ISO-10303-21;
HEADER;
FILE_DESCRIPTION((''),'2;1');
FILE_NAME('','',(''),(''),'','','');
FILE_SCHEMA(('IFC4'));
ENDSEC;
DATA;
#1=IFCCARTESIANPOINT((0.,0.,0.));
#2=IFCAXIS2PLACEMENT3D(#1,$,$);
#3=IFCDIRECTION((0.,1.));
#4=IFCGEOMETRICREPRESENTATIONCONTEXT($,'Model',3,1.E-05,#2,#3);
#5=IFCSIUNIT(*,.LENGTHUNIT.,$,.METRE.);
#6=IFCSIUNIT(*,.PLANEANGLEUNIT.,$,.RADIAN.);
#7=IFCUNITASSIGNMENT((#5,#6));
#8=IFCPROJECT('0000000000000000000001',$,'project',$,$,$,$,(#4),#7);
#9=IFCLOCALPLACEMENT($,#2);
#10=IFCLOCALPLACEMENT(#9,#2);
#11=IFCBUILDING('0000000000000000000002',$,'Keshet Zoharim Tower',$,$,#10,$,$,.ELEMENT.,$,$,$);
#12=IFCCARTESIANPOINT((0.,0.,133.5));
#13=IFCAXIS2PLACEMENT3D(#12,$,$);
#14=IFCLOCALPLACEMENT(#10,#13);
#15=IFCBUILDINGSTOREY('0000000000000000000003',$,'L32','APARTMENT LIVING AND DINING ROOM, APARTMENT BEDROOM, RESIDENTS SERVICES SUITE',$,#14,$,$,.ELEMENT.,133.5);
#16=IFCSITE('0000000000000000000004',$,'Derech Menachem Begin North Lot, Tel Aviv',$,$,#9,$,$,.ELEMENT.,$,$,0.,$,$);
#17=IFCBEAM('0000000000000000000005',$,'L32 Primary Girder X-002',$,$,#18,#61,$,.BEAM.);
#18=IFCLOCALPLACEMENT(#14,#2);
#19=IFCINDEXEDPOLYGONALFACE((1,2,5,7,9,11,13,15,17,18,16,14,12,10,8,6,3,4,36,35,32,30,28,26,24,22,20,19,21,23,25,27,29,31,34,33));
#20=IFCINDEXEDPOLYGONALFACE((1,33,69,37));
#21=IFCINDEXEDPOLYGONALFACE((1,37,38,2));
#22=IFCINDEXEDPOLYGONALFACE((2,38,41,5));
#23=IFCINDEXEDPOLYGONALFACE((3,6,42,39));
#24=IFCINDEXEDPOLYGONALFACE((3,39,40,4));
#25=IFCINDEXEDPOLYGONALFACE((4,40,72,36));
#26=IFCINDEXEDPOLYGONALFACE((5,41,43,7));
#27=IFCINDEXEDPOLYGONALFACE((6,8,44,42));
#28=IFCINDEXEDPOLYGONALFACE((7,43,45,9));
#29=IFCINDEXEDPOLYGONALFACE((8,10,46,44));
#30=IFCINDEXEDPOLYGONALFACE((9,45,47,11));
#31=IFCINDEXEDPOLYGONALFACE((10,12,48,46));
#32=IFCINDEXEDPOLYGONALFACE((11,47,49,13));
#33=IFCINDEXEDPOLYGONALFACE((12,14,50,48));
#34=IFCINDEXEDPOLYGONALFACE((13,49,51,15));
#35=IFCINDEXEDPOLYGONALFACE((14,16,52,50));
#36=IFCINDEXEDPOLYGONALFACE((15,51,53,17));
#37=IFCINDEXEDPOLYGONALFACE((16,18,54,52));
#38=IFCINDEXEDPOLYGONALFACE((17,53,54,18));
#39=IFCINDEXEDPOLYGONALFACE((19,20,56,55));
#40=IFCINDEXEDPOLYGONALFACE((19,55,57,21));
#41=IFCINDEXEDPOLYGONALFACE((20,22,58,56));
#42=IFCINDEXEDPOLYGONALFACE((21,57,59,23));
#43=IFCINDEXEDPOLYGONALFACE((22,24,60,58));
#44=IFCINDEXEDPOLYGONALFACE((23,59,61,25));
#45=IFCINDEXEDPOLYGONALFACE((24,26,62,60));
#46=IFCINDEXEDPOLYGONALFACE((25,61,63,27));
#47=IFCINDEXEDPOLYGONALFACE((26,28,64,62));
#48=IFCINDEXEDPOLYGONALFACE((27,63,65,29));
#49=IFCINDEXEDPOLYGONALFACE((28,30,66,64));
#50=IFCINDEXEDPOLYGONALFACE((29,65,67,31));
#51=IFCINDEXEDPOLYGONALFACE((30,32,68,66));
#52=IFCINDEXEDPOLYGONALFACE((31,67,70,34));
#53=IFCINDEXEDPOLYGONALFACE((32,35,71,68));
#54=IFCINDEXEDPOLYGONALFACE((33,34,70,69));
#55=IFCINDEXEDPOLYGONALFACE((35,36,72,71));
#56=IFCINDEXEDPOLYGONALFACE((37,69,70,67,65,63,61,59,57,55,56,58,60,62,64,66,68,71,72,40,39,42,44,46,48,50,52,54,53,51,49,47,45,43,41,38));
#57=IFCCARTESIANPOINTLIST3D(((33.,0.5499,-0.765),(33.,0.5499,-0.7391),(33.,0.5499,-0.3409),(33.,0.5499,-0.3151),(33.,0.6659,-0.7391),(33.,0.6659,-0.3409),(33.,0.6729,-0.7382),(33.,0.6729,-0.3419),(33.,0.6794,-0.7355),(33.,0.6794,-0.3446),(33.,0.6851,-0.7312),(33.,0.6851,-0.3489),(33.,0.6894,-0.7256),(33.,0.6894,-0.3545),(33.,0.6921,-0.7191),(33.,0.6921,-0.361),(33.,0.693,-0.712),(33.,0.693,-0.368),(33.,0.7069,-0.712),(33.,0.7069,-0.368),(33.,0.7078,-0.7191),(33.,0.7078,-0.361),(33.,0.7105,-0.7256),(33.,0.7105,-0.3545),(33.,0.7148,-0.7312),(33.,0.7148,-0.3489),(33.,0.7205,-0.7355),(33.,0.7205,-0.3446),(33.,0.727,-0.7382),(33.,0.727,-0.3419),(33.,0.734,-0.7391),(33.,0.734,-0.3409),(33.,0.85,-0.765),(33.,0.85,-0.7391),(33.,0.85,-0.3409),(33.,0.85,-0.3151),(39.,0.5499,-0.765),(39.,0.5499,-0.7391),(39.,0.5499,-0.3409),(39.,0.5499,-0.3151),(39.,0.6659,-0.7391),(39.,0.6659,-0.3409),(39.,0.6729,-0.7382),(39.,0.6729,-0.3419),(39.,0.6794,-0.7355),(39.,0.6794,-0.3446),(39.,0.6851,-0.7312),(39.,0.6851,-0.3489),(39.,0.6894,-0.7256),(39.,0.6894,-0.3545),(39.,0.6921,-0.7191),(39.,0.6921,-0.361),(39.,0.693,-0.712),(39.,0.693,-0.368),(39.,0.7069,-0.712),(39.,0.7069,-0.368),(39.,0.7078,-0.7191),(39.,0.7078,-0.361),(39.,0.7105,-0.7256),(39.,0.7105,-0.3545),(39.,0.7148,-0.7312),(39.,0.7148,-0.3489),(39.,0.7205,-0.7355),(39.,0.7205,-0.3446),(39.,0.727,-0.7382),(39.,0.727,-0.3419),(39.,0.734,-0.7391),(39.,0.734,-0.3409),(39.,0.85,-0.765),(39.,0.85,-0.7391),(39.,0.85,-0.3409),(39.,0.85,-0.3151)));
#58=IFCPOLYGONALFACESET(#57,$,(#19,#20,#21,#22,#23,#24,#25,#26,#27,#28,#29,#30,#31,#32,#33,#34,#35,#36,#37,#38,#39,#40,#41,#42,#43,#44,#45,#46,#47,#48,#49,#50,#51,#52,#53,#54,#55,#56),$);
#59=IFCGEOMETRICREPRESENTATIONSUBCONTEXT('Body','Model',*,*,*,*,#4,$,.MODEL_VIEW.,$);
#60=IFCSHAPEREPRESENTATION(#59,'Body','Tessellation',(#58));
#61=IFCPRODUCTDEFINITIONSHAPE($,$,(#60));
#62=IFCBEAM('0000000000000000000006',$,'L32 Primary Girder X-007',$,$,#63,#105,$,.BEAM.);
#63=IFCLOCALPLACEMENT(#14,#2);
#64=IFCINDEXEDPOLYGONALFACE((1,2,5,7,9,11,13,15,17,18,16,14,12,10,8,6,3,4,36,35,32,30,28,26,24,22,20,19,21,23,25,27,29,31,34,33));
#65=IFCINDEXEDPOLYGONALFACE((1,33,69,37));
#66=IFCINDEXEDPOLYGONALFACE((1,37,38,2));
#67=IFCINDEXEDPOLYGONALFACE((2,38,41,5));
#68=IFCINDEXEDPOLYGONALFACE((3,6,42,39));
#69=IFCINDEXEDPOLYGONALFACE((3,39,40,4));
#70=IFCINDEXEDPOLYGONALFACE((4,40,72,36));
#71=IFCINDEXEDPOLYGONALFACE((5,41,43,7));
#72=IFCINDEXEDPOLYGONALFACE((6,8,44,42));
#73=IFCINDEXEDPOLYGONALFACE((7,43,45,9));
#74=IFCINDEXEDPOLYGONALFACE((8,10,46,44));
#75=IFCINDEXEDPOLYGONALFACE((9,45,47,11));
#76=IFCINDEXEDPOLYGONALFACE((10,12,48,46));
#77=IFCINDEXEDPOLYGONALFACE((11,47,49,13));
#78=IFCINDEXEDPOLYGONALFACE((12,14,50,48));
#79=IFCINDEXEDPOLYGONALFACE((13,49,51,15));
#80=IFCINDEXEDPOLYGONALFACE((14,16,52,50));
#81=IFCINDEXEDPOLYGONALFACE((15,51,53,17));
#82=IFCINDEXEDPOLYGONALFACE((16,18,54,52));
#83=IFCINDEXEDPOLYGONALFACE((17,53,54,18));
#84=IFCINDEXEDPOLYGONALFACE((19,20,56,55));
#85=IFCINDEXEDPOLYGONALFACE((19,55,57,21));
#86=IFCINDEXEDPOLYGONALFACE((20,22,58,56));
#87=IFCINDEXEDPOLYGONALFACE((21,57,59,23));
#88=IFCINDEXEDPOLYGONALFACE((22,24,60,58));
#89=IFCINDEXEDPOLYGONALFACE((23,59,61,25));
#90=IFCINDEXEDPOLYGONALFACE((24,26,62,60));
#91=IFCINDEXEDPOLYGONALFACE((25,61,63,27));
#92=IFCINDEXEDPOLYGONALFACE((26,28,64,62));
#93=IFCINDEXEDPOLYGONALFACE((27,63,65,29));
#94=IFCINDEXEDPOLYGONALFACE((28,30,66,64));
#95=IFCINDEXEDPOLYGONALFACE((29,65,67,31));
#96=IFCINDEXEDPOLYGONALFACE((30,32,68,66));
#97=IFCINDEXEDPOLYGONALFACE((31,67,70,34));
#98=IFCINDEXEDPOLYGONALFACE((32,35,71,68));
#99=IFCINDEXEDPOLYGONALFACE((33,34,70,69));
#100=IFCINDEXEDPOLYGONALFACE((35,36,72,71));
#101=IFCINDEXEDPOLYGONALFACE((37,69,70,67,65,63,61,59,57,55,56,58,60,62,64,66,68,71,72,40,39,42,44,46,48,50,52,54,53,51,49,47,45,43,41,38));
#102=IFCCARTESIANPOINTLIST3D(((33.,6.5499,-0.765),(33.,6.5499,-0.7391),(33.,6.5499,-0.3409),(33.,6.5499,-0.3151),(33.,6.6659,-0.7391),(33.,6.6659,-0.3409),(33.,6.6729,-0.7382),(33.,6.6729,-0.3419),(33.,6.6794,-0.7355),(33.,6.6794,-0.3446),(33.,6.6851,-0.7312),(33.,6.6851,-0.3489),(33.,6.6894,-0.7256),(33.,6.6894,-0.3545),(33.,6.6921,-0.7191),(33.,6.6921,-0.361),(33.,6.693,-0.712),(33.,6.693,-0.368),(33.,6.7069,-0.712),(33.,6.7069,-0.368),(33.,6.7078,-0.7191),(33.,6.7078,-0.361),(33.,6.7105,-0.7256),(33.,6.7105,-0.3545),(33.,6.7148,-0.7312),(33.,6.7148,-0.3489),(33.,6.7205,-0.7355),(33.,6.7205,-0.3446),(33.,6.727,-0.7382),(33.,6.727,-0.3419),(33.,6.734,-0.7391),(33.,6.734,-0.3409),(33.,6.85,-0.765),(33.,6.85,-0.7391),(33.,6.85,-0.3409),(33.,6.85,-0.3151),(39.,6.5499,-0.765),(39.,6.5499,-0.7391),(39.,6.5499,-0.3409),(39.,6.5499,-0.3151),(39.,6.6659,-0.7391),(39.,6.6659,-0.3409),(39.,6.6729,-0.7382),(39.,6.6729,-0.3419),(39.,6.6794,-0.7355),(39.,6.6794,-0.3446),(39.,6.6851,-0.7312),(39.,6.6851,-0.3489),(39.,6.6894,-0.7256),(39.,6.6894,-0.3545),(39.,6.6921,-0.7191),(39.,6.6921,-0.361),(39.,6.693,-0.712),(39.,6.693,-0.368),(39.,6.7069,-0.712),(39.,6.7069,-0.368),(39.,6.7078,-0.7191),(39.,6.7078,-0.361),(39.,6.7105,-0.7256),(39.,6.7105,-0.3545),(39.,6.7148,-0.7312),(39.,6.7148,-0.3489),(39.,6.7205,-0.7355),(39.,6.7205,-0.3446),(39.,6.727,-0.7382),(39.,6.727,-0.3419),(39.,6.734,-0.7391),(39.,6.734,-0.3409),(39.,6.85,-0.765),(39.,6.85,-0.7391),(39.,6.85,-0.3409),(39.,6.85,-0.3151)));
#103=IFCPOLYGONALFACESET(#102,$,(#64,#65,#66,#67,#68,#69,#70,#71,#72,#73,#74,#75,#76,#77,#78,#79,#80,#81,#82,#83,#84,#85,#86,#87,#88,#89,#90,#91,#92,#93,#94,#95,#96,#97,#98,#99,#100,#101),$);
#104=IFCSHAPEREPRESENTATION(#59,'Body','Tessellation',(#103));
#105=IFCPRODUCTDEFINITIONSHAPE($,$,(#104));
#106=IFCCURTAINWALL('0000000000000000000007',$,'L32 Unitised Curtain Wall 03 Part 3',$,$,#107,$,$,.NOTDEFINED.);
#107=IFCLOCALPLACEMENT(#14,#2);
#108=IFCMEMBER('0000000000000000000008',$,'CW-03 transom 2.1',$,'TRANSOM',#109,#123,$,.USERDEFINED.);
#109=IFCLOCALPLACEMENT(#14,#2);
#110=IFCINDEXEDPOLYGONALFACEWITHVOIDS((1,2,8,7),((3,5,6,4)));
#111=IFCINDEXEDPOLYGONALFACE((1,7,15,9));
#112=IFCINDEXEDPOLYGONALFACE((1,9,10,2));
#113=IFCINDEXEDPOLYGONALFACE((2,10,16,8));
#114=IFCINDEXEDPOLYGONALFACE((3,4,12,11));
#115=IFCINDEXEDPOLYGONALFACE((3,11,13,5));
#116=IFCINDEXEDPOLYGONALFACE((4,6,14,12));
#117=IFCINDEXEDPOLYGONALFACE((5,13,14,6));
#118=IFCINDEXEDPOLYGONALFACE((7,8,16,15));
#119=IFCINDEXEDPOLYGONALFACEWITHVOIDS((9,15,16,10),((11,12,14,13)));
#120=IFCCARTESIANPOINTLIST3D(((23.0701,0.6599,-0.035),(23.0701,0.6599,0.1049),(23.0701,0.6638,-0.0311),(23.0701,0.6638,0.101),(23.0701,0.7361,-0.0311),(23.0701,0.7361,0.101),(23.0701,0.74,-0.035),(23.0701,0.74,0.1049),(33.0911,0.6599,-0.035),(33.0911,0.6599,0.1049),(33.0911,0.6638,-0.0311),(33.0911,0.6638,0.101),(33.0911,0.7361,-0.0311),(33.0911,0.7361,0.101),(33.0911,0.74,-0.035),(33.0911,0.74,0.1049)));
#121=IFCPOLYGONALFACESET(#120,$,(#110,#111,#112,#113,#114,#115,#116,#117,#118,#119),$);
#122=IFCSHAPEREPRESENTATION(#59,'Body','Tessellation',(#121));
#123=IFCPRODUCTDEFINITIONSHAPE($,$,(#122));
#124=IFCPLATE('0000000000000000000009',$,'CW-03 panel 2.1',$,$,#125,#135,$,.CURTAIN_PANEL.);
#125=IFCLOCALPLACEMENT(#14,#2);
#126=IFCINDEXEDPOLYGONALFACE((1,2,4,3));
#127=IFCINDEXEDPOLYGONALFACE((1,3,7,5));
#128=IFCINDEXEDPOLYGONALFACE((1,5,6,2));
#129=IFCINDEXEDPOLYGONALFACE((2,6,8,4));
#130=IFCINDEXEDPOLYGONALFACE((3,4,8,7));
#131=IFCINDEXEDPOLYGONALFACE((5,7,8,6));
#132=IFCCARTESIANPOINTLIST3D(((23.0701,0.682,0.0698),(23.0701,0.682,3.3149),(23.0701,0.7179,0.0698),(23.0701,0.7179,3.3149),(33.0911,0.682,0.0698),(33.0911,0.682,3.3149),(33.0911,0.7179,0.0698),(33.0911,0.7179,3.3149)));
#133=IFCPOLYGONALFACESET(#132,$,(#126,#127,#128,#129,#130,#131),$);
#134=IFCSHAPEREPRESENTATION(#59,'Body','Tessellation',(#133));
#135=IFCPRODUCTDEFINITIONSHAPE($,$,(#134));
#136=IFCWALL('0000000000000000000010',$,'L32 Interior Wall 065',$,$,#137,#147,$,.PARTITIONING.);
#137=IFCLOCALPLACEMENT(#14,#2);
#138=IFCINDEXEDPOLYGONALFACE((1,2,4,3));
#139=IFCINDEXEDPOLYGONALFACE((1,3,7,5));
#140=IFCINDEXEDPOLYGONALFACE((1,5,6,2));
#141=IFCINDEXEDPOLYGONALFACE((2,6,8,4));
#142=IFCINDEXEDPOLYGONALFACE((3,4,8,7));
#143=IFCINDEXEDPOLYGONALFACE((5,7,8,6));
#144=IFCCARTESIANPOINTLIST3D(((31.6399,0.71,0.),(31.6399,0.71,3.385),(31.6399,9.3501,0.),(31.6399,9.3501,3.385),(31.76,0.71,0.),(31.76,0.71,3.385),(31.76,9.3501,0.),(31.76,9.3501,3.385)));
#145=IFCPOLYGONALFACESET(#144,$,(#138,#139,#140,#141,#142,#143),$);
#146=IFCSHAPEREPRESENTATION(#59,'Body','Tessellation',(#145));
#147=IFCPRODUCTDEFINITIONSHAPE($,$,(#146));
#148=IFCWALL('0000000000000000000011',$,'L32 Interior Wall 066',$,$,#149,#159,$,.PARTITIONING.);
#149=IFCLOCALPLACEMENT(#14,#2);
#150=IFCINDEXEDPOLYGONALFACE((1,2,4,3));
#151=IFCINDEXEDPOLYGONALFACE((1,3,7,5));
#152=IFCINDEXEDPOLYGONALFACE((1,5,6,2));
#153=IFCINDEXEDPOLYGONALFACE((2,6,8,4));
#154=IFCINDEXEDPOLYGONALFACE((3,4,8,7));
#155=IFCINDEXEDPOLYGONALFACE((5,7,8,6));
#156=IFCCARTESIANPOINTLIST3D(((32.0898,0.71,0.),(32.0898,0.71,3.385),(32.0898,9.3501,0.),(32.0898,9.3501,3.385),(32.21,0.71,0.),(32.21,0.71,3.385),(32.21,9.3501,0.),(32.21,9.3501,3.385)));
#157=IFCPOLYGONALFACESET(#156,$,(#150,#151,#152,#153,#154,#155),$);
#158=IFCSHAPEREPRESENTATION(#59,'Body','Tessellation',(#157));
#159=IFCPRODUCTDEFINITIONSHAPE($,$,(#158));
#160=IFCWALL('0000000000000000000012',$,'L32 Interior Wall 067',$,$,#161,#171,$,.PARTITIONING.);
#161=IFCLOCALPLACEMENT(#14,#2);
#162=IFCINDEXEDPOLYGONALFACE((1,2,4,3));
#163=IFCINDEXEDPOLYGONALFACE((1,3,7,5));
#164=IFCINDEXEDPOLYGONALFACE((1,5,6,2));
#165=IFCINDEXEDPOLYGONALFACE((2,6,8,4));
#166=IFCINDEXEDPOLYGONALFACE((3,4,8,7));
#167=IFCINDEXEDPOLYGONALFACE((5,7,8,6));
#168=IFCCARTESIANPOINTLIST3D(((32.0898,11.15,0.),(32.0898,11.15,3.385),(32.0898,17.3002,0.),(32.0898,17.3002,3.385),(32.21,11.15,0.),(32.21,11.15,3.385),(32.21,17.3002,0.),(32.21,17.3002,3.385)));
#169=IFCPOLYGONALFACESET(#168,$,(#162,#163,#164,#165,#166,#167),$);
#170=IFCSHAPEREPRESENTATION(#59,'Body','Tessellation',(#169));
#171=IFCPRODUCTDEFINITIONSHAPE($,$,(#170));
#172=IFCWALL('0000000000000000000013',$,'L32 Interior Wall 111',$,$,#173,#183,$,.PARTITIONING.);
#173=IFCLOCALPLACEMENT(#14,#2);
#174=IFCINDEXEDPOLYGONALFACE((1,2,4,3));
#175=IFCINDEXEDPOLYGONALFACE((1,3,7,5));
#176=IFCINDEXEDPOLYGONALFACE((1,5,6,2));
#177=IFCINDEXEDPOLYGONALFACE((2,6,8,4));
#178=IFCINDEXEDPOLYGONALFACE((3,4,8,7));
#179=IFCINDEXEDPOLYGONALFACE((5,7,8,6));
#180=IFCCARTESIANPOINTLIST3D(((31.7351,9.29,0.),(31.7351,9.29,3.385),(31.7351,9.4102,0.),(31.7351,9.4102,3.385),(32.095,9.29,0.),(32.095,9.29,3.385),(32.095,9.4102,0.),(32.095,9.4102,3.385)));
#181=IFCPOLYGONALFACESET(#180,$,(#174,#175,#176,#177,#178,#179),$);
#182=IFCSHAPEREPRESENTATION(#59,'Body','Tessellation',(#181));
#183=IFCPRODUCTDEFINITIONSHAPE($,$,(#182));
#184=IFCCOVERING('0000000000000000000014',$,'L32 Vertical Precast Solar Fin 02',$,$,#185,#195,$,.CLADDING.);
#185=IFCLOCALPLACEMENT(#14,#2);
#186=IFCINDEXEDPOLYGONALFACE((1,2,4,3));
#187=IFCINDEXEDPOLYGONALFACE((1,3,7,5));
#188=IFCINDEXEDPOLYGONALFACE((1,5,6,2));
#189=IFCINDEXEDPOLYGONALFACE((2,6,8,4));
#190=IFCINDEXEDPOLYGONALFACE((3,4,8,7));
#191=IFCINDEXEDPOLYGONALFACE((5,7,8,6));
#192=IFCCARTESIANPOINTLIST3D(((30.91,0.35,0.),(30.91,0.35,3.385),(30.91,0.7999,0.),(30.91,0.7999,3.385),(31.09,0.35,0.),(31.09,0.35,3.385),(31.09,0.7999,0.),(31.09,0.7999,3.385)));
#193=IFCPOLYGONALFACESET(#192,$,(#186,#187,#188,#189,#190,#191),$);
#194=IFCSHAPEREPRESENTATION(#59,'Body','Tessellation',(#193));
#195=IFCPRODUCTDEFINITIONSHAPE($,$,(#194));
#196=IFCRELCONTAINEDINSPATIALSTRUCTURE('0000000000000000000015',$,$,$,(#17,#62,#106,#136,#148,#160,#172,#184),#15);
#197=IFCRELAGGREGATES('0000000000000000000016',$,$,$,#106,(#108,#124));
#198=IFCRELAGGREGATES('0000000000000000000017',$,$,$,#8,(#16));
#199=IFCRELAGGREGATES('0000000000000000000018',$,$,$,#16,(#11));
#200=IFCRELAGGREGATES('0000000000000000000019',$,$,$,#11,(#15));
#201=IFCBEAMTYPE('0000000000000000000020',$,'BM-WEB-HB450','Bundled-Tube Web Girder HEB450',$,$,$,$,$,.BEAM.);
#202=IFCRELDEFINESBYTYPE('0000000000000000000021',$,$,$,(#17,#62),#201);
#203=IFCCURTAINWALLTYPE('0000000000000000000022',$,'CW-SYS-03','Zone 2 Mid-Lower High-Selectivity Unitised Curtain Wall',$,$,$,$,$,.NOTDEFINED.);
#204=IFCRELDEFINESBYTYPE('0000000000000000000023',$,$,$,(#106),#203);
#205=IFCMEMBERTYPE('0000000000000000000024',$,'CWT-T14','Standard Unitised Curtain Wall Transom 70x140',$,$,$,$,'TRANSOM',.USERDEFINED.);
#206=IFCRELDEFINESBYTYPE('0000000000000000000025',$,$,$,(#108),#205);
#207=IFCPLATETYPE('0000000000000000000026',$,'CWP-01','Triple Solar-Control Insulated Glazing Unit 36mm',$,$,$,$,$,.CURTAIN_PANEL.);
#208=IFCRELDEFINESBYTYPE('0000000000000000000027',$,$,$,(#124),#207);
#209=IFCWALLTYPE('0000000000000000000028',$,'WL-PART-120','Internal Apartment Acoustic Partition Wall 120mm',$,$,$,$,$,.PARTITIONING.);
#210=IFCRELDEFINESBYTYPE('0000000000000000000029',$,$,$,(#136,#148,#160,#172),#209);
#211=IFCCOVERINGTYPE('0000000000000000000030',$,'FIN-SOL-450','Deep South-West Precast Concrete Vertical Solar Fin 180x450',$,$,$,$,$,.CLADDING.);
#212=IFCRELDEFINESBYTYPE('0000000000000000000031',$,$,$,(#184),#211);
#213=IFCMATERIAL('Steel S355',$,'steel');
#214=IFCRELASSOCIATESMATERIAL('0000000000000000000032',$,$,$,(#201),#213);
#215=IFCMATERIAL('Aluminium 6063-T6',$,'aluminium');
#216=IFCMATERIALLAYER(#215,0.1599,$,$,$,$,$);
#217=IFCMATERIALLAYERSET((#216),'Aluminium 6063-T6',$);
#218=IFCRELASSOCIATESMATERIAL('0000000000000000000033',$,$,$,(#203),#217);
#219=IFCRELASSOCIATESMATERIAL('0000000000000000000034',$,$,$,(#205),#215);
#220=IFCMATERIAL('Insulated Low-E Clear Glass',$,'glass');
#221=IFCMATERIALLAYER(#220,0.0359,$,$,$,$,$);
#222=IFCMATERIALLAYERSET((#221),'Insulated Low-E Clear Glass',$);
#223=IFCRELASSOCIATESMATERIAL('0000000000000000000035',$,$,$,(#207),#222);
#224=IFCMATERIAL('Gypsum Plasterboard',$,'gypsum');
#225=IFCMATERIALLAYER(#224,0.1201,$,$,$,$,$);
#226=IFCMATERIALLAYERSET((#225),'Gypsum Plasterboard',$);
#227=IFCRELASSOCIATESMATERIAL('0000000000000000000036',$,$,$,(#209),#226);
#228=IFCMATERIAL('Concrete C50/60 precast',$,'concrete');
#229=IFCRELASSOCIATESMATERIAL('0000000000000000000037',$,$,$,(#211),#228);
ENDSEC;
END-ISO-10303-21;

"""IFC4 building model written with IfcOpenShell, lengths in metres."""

from ifc_helpers import new_model, si_unit, direction, frame, frame_2d, origin, origin_2d, place, context, subcontext, project, spatial, rectangle, hollow_rectangle, i_section, extrude, material, layer, layer_set, material_profile, profile_set, type_object, element, aggregate, save


model = new_model("IFC4")

# Units and contexts
model_context = context("Model", 3, precision=1e-05, world=origin(), true_north=direction((0.0, 1.0)))
body_context = subcontext(model_context, "Body", "Model", "MODEL_VIEW")
ifc_project = project(units=[si_unit("LENGTHUNIT", "METRE"), si_unit("PLANEANGLEUNIT", "RADIAN")], contexts=[model_context])

# Site, building, storey
site_placement = place(None, origin())
site = spatial("IfcSite", under=ifc_project, at=site_placement, Name="Derech Menachem Begin North Lot, Tel Aviv", CompositionType="ELEMENT", RefElevation=0.0)
building_placement = place(site_placement, origin())
building = spatial("IfcBuilding", under=site, at=building_placement, Name="Keshet Zoharim Tower", CompositionType="ELEMENT")
storey_placement = place(building_placement, frame((0.0, 0.0, 133.5)))
storey = spatial("IfcBuildingStorey", under=building, at=storey_placement, Name="L32", Description="APARTMENT LIVING AND DINING ROOM, APARTMENT BEDROOM, RESIDENTS SERVICES SUITE", CompositionType="ELEMENT", Elevation=133.5)

# Shared definitions
ifc_material_1 = material(Name="Steel S355", Category="steel")

# Beams
ifc_material_profile_1 = material_profile(ifc_material_1, i_section(OverallWidth=0.3, OverallDepth=0.45, WebThickness=0.0139, FlangeThickness=0.0259, FilletRadius=0.0271, at=origin_2d()), Name="HEB450")
ifc_profile_set_1 = profile_set([ifc_material_profile_1], Name="Steel S355")
beam_type_1 = type_object("IfcBeamType", Name="BM-WEB-HB450", Description="Bundled-Tube Web Girder HEB450", PredefinedType="BEAM", material=ifc_profile_set_1)
for number, where, z_axis, x_axis, name in (
    (1, (33.0, 0.7, -0.54), (1.0, 0.0, 0.0), (0.0, 1.0, 0.0), "L32 Primary Girder X-002"),
    (2, (33.0, 6.7, -0.54), (1.0, 0.0, 0.0), (0.0, 1.0, 0.0), "L32 Primary Girder X-007"),
):
    element("IfcBeam", number, at=place(storey_placement, frame(where, z_axis=z_axis, x_axis=x_axis)), inside=storey, type_object=beam_type_1, Name=name, PredefinedType="BEAM", context=body_context, shape_type="SweptSolid", body=[
        extrude(i_section(OverallWidth=0.3, OverallDepth=0.45, WebThickness=0.0139, FlangeThickness=0.0259, FilletRadius=0.0271, at=origin_2d()), origin(), (0.0, 0.0, 1.0), 6.0),
    ])

# Curtain wall, member, plate
ifc_material_2 = material(Name="Aluminium 6063-T6", Category="aluminium")
ifc_layer_1 = layer(ifc_material_2, 0.1599)
ifc_layer_set_1 = layer_set([ifc_layer_1], Name="Aluminium 6063-T6")
curtain_wall_type = type_object("IfcCurtainWallType", Name="CW-SYS-03", Description="Zone 2 Mid-Lower High-Selectivity Unitised Curtain Wall", PredefinedType="NOTDEFINED", material=ifc_layer_set_1)
curtain_wall_placement = place(storey_placement, origin())
curtain_wall = element("IfcCurtainWall", 3, at=curtain_wall_placement, inside=storey, type_object=curtain_wall_type, Name="L32 Unitised Curtain Wall 03 Part 3", PredefinedType="NOTDEFINED")
ifc_material_profile_2 = material_profile(ifc_material_2, hollow_rectangle(XDim=0.0801, YDim=0.1399, WallThickness=0.0039, at=origin_2d()), Name="TRN-80x140")
ifc_profile_set_2 = profile_set([ifc_material_profile_2], Name="Aluminium 6063-T6")
member_type = type_object("IfcMemberType", Name="CWT-T14", Description="Standard Unitised Curtain Wall Transom 70x140", ElementType="TRANSOM", PredefinedType="USERDEFINED", material=ifc_profile_set_2)
member_placement = place(storey_placement, frame((33.0911, 0.7, 0.0349), z_axis=(-1.0, 0.0, 0.0), x_axis=(0.0, -1.0, 0.0)))
member = element("IfcMember", 4, at=member_placement, type_object=member_type, Name="CW-03 transom 2.1", ObjectType="TRANSOM", PredefinedType="USERDEFINED", context=body_context, shape_type="SweptSolid", body=[
    extrude(hollow_rectangle(XDim=0.0801, YDim=0.1399, WallThickness=0.0039, at=origin_2d()), origin(), (0.0, 0.0, 1.0), 10.021),
])
ifc_material_3 = material(Name="Insulated Low-E Clear Glass", Category="glass")
ifc_layer_2 = layer(ifc_material_3, 0.0359)
ifc_layer_set_2 = layer_set([ifc_layer_2], Name="Insulated Low-E Clear Glass")
plate_type = type_object("IfcPlateType", Name="CWP-01", Description="Triple Solar-Control Insulated Glazing Unit 36mm", PredefinedType="CURTAIN_PANEL", material=ifc_layer_set_2)
plate_placement = place(storey_placement, frame((28.0806, 0.7, 0.0698), z_axis=(0.0, 0.0, 1.0), x_axis=(-1.0, 0.0, 0.0)))
plate = element("IfcPlate", 5, at=plate_placement, type_object=plate_type, Name="CW-03 panel 2.1", PredefinedType="CURTAIN_PANEL", context=body_context, shape_type="SweptSolid", body=[
    extrude(rectangle(XDim=10.021, YDim=0.0359, at=origin_2d()), origin(), (0.0, 0.0, 1.0), 3.2451),
])
aggregate(curtain_wall, [member, plate])

# Walls
ifc_material_4 = material(Name="Gypsum Plasterboard", Category="gypsum")
ifc_layer_3 = layer(ifc_material_4, 0.1201)
ifc_layer_set_3 = layer_set([ifc_layer_3], Name="Gypsum Plasterboard")
wall_type = type_object("IfcWallType", Name="WL-PART-120", Description="Internal Apartment Acoustic Partition Wall 120mm", PredefinedType="PARTITIONING", material=ifc_layer_set_3)
for number, where, z_axis, x_axis, name in (
    (6, (31.7, 0.71, 0.0), (0.0, 0.0, 1.0), (0.0, 1.0, 0.0), "L32 Interior Wall 065"),
    (7, (32.1499, 0.71, 0.0), (0.0, 0.0, 1.0), (0.0, 1.0, 0.0), "L32 Interior Wall 066"),
):
    element("IfcWall", number, at=place(storey_placement, frame(where, z_axis=z_axis, x_axis=x_axis)), inside=storey, type_object=wall_type, Name=name, PredefinedType="PARTITIONING", context=body_context, shape_type="SweptSolid", body=[
        extrude(rectangle(XDim=8.6401, YDim=0.1201, at=frame_2d((4.3201, 0.0))), origin(), (0.0, 0.0, 1.0), 3.385),
    ])
wall_1_placement = place(storey_placement, frame((32.1499, 11.1499, 0.0), z_axis=(0.0, 0.0, 1.0), x_axis=(0.0, 1.0, 0.0)))
element("IfcWall", 8, at=wall_1_placement, inside=storey, type_object=wall_type, Name="L32 Interior Wall 067", PredefinedType="PARTITIONING", context=body_context, shape_type="SweptSolid", body=[
    extrude(rectangle(XDim=6.1501, YDim=0.1201, at=frame_2d((3.0752, 0.0))), origin(), (0.0, 0.0, 1.0), 3.385),
])
wall_2_placement = place(storey_placement, frame((31.7351, 9.3501, 0.0), z_axis=(0.0, 0.0, 1.0), x_axis=(1.0, 0.0, 0.0)))
element("IfcWall", 9, at=wall_2_placement, inside=storey, type_object=wall_type, Name="L32 Interior Wall 111", PredefinedType="PARTITIONING", context=body_context, shape_type="SweptSolid", body=[
    extrude(rectangle(XDim=0.3599, YDim=0.1201, at=frame_2d((0.1799, 0.0))), origin(), (0.0, 0.0, 1.0), 3.385),
])

# Covering
ifc_material_5 = material(Name="Concrete C50/60 precast", Category="concrete")
covering_type = type_object("IfcCoveringType", Name="FIN-SOL-450", Description="Deep South-West Precast Concrete Vertical Solar Fin 180x450", PredefinedType="CLADDING", material=ifc_material_5)
covering_placement = place(storey_placement, frame((31.0, 0.575, 0.0), z_axis=(0.0, 0.0, 1.0), x_axis=(-1.0, 0.0, 0.0)))
element("IfcCovering", 10, at=covering_placement, inside=storey, type_object=covering_type, Name="L32 Vertical Precast Solar Fin 02", PredefinedType="CLADDING", context=body_context, shape_type="SweptSolid", body=[
    extrude(rectangle(XDim=0.1799, YDim=0.45, at=origin_2d()), origin(), (0.0, 0.0, 1.0), 3.385),
])

save(model, "model.ifc")
